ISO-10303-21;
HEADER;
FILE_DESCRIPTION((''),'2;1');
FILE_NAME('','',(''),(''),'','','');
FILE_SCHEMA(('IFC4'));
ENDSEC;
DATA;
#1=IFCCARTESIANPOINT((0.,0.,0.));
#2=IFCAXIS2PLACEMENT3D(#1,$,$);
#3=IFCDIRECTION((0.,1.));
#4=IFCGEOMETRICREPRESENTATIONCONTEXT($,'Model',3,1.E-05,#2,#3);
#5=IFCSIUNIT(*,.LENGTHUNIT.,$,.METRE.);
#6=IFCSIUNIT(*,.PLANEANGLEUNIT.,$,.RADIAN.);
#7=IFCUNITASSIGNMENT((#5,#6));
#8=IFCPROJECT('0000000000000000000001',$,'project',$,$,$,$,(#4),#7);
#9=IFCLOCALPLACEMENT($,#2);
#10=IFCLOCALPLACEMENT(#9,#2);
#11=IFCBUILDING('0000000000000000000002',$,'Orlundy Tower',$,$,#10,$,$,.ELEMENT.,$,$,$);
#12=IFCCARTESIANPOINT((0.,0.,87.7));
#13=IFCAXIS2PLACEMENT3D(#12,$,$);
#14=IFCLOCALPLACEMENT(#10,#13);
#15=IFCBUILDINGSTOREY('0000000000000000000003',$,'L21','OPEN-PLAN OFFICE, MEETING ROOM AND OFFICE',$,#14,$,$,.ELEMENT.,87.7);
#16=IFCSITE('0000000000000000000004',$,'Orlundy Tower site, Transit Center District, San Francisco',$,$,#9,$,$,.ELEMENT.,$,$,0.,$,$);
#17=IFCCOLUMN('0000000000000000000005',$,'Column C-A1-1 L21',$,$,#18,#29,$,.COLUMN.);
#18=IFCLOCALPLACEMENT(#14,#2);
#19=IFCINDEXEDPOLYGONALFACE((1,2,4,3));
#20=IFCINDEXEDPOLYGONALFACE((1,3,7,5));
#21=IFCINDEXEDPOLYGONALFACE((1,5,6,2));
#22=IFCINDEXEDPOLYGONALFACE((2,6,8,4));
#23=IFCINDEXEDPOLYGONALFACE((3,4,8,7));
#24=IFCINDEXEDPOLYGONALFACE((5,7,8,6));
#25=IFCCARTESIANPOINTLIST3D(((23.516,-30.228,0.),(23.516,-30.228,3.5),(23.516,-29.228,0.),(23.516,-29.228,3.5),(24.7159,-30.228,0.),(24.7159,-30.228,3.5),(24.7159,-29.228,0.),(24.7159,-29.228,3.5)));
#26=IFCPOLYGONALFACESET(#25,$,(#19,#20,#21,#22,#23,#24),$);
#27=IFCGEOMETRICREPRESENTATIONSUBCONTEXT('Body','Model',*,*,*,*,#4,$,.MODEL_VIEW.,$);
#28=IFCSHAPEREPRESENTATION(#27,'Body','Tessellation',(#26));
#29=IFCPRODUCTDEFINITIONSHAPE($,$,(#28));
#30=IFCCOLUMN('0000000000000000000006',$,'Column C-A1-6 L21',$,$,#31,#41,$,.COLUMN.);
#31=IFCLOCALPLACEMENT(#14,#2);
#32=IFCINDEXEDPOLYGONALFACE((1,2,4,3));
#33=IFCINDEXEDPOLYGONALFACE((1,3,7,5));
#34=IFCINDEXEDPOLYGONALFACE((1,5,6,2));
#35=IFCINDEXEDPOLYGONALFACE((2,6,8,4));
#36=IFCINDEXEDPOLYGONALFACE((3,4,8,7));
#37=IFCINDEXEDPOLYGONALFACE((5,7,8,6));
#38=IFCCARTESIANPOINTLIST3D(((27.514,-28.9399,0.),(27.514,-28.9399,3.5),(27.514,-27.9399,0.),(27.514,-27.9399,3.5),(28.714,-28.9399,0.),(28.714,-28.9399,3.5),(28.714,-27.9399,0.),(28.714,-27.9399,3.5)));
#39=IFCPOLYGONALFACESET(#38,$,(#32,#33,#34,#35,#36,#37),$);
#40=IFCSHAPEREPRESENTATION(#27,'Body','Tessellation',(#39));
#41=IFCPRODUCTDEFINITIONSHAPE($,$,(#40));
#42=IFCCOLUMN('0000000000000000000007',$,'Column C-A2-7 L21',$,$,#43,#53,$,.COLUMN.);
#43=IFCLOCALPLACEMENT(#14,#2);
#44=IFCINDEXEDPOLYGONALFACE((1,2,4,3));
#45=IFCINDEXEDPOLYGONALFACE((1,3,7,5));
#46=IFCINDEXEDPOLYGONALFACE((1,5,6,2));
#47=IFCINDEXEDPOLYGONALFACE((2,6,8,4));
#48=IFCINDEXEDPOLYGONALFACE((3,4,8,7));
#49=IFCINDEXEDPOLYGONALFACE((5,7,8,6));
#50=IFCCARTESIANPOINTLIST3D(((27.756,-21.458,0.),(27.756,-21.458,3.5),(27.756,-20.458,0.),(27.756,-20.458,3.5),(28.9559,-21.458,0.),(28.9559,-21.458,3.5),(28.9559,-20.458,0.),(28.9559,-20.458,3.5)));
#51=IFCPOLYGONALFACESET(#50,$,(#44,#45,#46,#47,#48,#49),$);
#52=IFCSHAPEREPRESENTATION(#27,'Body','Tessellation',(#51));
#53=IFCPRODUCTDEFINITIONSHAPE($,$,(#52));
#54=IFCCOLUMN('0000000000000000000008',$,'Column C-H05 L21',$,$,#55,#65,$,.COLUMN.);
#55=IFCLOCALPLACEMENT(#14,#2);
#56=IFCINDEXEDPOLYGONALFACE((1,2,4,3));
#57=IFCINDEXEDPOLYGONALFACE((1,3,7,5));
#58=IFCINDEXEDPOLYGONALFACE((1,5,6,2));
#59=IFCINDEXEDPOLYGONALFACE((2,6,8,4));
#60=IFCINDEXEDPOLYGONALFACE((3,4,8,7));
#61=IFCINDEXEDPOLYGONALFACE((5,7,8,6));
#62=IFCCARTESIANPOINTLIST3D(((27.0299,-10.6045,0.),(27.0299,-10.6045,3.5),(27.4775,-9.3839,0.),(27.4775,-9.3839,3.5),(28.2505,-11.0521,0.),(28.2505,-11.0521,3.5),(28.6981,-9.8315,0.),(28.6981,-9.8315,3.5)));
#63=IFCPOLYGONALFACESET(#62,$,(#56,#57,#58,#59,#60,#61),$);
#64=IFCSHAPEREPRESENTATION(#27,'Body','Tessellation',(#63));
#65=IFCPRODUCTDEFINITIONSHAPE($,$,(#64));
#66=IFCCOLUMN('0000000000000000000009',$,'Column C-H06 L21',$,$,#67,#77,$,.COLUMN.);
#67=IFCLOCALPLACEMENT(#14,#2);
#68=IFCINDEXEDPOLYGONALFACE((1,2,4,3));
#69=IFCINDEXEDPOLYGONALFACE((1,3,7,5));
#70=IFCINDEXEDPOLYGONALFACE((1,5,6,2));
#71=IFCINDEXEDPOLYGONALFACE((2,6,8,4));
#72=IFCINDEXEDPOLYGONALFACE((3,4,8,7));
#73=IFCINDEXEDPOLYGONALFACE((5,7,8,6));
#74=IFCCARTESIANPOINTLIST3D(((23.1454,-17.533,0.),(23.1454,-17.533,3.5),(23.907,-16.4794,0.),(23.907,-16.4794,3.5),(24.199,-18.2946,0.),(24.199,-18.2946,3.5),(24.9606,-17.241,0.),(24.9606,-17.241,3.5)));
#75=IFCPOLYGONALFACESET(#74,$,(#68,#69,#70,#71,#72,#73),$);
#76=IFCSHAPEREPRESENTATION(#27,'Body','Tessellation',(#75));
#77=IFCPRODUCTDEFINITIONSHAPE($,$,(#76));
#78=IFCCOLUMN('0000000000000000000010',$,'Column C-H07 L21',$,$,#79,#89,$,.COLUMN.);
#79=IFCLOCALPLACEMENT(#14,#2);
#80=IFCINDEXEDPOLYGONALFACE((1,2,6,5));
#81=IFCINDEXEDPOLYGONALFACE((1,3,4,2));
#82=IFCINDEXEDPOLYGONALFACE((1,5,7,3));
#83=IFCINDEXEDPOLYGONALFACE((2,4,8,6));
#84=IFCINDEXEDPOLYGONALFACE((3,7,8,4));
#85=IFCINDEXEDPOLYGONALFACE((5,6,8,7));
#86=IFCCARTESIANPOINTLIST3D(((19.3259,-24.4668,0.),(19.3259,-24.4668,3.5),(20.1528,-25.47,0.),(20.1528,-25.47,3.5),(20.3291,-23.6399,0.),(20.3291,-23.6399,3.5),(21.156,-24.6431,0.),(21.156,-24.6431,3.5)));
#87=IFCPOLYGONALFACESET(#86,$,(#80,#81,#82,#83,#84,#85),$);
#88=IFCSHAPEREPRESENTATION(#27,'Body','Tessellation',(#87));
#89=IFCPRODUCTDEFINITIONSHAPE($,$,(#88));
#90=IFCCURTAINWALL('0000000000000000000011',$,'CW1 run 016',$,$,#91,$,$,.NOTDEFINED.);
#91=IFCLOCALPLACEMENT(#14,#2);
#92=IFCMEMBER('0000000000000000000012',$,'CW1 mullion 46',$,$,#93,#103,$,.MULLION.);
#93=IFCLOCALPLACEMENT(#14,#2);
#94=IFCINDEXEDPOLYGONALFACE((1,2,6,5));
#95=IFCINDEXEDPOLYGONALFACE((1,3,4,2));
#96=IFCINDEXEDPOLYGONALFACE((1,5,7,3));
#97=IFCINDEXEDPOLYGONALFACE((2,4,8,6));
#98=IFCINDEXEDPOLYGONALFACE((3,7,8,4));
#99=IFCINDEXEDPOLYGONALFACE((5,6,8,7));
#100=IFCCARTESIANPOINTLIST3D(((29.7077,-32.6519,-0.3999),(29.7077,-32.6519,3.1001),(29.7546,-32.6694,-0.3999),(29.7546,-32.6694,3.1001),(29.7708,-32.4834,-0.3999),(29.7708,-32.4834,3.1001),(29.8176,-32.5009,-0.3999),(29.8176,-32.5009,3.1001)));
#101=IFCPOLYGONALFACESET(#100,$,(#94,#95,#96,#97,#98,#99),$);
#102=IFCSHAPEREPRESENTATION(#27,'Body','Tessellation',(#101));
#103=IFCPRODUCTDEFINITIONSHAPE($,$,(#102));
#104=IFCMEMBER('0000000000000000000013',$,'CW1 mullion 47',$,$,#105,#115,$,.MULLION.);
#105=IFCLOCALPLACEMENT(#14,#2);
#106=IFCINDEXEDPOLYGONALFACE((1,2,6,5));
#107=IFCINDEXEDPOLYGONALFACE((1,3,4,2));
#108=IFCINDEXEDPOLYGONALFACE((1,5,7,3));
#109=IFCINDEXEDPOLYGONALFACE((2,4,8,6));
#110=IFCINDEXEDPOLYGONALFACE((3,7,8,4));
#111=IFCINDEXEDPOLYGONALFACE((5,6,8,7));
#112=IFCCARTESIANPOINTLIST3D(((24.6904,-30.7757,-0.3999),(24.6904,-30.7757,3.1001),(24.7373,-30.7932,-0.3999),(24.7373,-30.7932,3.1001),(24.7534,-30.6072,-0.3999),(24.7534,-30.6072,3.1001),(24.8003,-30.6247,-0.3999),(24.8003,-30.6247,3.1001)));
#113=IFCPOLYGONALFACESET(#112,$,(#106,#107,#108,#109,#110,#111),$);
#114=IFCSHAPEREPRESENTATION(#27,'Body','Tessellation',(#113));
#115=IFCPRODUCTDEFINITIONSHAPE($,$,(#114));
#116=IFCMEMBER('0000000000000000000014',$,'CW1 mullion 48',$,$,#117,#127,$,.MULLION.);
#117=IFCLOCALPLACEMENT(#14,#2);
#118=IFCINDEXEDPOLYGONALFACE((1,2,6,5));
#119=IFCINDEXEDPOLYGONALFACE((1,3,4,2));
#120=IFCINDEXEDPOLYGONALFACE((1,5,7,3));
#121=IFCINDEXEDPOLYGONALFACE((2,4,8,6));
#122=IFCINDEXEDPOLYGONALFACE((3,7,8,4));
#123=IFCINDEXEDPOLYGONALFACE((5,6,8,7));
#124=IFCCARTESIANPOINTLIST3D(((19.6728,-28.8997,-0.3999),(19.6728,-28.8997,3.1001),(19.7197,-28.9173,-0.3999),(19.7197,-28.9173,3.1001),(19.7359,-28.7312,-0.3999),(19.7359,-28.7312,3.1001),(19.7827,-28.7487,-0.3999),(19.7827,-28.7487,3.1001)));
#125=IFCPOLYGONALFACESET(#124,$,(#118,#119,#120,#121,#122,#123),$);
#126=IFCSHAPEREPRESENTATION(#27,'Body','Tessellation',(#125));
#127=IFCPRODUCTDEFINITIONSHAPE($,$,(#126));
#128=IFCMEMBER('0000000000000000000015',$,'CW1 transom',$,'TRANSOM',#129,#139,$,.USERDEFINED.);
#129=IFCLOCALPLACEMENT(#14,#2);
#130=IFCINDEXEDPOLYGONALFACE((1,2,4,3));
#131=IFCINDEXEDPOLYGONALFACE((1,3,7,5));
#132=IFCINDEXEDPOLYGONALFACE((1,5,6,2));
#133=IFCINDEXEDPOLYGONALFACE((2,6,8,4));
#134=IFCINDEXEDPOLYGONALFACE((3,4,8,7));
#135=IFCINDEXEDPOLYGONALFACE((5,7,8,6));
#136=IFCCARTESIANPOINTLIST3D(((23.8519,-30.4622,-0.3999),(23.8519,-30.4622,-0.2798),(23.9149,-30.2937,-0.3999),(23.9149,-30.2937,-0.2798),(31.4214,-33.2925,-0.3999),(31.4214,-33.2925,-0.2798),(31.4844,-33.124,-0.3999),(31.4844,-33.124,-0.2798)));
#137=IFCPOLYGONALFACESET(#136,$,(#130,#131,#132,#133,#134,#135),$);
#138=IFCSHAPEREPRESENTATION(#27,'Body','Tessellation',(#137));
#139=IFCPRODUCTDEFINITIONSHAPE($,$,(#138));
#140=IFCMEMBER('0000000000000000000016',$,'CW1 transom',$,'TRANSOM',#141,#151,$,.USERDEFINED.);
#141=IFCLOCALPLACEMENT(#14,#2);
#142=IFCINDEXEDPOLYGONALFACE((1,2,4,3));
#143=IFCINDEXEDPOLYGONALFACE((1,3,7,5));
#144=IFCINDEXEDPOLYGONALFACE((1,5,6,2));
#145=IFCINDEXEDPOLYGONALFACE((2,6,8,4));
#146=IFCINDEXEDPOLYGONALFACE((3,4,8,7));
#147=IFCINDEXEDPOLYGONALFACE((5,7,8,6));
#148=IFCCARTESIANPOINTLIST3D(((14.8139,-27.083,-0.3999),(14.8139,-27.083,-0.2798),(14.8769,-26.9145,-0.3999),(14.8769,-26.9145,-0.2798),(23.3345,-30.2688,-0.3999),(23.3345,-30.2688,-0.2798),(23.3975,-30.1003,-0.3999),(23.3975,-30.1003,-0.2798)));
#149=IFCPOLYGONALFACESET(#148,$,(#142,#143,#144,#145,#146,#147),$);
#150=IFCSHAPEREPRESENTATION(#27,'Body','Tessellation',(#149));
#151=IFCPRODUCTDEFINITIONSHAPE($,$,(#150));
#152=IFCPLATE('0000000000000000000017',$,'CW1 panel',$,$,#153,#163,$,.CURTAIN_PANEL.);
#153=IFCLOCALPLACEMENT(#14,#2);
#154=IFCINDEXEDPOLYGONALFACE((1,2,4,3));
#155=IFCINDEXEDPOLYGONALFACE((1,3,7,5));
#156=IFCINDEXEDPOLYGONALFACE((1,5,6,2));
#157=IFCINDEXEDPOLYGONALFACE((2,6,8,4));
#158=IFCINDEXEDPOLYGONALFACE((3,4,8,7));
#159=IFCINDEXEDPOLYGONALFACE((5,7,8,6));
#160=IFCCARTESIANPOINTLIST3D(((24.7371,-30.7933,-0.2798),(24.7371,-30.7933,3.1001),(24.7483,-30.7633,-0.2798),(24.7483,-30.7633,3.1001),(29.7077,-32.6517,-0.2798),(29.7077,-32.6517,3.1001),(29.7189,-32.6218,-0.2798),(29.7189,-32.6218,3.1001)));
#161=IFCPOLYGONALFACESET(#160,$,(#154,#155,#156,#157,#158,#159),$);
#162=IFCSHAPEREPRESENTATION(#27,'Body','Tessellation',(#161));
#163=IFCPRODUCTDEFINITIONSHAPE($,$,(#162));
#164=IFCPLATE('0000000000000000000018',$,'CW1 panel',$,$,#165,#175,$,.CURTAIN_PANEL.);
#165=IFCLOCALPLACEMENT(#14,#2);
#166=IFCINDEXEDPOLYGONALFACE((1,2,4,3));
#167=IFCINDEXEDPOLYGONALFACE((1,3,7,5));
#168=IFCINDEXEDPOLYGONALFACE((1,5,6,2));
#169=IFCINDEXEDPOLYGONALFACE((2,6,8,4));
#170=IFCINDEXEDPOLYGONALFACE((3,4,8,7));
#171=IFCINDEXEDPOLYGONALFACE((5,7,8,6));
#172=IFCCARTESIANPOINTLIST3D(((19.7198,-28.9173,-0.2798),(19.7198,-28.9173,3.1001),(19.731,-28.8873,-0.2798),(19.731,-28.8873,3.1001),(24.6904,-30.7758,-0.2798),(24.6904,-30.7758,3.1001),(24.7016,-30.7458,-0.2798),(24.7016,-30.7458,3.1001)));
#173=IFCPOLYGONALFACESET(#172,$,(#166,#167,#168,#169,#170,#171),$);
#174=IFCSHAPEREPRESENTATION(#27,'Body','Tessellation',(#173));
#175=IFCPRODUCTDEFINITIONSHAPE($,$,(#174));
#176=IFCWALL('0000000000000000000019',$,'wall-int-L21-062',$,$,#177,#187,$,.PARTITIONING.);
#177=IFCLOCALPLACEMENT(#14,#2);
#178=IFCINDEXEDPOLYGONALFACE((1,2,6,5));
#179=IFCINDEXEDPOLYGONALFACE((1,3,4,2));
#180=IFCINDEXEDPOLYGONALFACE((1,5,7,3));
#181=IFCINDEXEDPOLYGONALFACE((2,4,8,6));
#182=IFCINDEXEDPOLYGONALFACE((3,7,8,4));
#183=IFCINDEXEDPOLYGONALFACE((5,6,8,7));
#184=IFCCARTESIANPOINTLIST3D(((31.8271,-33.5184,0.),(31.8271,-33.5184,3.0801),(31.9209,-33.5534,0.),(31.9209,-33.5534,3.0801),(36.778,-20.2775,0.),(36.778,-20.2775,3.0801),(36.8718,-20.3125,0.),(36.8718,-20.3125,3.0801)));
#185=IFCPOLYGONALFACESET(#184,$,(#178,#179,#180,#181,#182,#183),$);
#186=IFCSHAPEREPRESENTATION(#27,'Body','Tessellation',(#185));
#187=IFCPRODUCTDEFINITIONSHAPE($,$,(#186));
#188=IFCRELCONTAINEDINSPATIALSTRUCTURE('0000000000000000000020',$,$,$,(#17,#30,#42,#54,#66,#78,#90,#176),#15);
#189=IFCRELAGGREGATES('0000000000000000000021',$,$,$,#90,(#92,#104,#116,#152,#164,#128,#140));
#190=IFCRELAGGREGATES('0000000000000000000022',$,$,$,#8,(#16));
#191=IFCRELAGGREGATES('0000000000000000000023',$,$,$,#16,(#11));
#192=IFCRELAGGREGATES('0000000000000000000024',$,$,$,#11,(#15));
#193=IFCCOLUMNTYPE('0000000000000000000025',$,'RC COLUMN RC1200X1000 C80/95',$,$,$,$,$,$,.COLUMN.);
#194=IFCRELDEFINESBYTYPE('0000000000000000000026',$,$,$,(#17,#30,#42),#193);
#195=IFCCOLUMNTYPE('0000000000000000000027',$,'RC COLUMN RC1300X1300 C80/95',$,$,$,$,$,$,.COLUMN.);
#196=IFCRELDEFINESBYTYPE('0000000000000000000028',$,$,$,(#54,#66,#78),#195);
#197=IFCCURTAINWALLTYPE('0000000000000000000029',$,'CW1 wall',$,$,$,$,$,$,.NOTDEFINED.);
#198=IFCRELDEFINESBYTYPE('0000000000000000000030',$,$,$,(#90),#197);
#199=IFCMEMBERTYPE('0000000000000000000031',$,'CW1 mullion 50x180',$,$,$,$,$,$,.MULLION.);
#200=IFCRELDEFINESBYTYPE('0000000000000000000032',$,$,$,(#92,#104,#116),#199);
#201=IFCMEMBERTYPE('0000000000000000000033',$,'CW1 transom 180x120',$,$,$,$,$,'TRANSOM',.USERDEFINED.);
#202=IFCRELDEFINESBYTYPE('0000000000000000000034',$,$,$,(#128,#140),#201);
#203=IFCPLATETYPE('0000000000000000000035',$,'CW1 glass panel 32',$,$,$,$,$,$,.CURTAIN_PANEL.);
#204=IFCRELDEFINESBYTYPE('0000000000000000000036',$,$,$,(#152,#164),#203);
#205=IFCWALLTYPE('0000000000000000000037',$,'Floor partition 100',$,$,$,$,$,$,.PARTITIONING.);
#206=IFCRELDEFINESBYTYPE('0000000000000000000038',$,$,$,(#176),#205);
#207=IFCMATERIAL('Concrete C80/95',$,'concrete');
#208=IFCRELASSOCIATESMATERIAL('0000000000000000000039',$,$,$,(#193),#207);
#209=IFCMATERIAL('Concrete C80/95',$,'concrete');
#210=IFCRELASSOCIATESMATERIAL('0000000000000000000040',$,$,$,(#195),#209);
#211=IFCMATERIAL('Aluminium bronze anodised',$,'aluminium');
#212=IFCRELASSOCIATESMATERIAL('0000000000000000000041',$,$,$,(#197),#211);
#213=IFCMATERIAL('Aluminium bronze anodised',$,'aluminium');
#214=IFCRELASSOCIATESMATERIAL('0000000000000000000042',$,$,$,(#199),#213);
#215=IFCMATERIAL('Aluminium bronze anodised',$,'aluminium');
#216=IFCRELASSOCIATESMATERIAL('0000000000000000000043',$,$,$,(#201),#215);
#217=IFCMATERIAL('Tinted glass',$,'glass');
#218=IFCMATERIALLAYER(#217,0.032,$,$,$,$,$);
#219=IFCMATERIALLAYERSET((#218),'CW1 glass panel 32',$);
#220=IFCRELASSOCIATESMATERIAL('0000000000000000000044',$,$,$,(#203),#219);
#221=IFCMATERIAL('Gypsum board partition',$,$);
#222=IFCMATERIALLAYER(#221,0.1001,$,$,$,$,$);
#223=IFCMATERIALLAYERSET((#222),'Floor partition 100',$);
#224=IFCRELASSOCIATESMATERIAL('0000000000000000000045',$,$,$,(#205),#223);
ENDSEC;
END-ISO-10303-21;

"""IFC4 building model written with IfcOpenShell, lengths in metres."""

from ifc_helpers import new_model, si_unit, direction, frame, frame_2d, origin, origin_2d, place, context, subcontext, project, spatial, rectangle, extrude, material, layer, layer_set, material_profile, profile_set, type_object, element, aggregate, save


model = new_model("IFC4")

# Units and contexts
model_context = context("Model", 3, precision=1e-05, world=origin(), true_north=direction((0.0, 1.0)))
body_context = subcontext(model_context, "Body", "Model", "MODEL_VIEW")
ifc_project = project(units=[si_unit("LENGTHUNIT", "METRE"), si_unit("PLANEANGLEUNIT", "RADIAN")], contexts=[model_context])

# Site, building, storey
site_placement = place(None, origin())
site = spatial("IfcSite", under=ifc_project, at=site_placement, Name="Orlundy Tower site, Transit Center District, San Francisco", CompositionType="ELEMENT", RefElevation=0.0)
building_placement = place(site_placement, origin())
building = spatial("IfcBuilding", under=site, at=building_placement, Name="Orlundy Tower", CompositionType="ELEMENT")
storey_placement = place(building_placement, frame((0.0, 0.0, 87.7)))
storey = spatial("IfcBuildingStorey", under=building, at=storey_placement, Name="L21", Description="OPEN-PLAN OFFICE, MEETING ROOM AND OFFICE", CompositionType="ELEMENT", Elevation=87.7)

# Columns
ifc_material_1 = material(Name="Concrete C80/95", Category="concrete")
ifc_material_profile_1 = material_profile(ifc_material_1, rectangle(XDim=1.2, YDim=1.0, at=origin_2d()), Name="RC1200X1000")
ifc_profile_set_1 = profile_set([ifc_material_profile_1], Name="Concrete C80/95")
column_type_1 = type_object("IfcColumnType", Name="RC COLUMN RC1200X1000 C80/95", PredefinedType="COLUMN", material=ifc_profile_set_1)
for number, where, z_axis, x_axis, name in (
    (1, (24.116, -29.728, 0.0), (0.0, 0.0, 1.0), (1.0, 0.0, 0.0), "Column C-A1-1 L21"),
    (2, (28.114, -28.4399, 0.0), (0.0, 0.0, 1.0), (1.0, 0.0, 0.0), "Column C-A1-6 L21"),
    (3, (28.356, -20.958, 0.0), (0.0, 0.0, 1.0), (1.0, 0.0, 0.0), "Column C-A2-7 L21"),
):
    element("IfcColumn", number, at=place(storey_placement, frame(where, z_axis=z_axis, x_axis=x_axis)), inside=storey, type_object=column_type_1, Name=name, PredefinedType="COLUMN", context=body_context, shape_type="SweptSolid", body=[
        extrude(rectangle(XDim=1.2, YDim=1.0, at=origin_2d()), origin(), (0.0, 0.0, 1.0), 3.5),
    ])
ifc_material_2 = material(Name="Concrete C80/95", Category="concrete")
ifc_material_profile_2 = material_profile(ifc_material_2, rectangle(XDim=1.3, YDim=1.3, at=origin_2d()), Name="RC1300X1300")
ifc_profile_set_2 = profile_set([ifc_material_profile_2], Name="Concrete C80/95")
column_type_2 = type_object("IfcColumnType", Name="RC COLUMN RC1300X1300 C80/95", PredefinedType="COLUMN", material=ifc_profile_set_2)
for number, where, z_axis, x_axis, name in (
    (4, (27.864, -10.218, 0.0), (0.0, 0.0, 1.0), (0.938866, -0.344282, 0.0), "Column C-H05 L21"),
    (5, (24.053, -17.387, 0.0), (0.0, 0.0, 1.0), (0.81043, -0.585835, 0.0), "Column C-H06 L21"),
    (6, (20.241, -24.5549, 0.0), (0.0, 0.0, 1.0), (0.636065, -0.771636, 0.0), "Column C-H07 L21"),
):
    element("IfcColumn", number, at=place(storey_placement, frame(where, z_axis=z_axis, x_axis=x_axis)), inside=storey, type_object=column_type_2, Name=name, PredefinedType="COLUMN", context=body_context, shape_type="SweptSolid", body=[
        extrude(rectangle(XDim=1.3, YDim=1.3, at=origin_2d()), origin(), (0.0, 0.0, 1.0), 3.5),
    ])

# Curtain wall, members, plates
ifc_material_3 = material(Name="Aluminium bronze anodised", Category="aluminium")
curtain_wall_type = type_object("IfcCurtainWallType", Name="CW1 wall", PredefinedType="NOTDEFINED", material=ifc_material_3)
curtain_wall_placement = place(storey_placement, origin())
curtain_wall = element("IfcCurtainWall", 7, at=curtain_wall_placement, inside=storey, type_object=curtain_wall_type, Name="CW1 run 016", PredefinedType="NOTDEFINED")
ifc_material_4 = material(Name="Aluminium bronze anodised", Category="aluminium")
ifc_material_profile_3 = material_profile(ifc_material_4, rectangle(XDim=0.1799, YDim=0.05, at=origin_2d()), Name="CW1 mullion 50x180")
ifc_profile_set_3 = profile_set([ifc_material_profile_3], Name="Aluminium bronze anodised")
member_type_1 = type_object("IfcMemberType", Name="CW1 mullion 50x180", PredefinedType="MULLION", material=ifc_profile_set_3)
member_1_placement = place(storey_placement, frame((29.7627, -32.5764, -0.3999), z_axis=(0.0, 0.0, 1.0), x_axis=(-0.350219, -0.936668, 0.0)))
member_1 = element("IfcMember", 8, at=member_1_placement, type_object=member_type_1, Name="CW1 mullion 46", PredefinedType="MULLION", context=body_context, shape_type="SweptSolid", body=[
    extrude(rectangle(XDim=0.1799, YDim=0.05, at=origin_2d()), origin(), (0.0, 0.0, 1.0), 3.5),
])
member_2_placement = place(storey_placement, frame((24.7454, -30.7002, -0.3999), z_axis=(0.0, 0.0, 1.0), x_axis=(-0.350219, -0.936668, 0.0)))
member_2 = element("IfcMember", 9, at=member_2_placement, type_object=member_type_1, Name="CW1 mullion 47", PredefinedType="MULLION", context=body_context, shape_type="SweptSolid", body=[
    extrude(rectangle(XDim=0.1799, YDim=0.05, at=origin_2d()), origin(), (0.0, 0.0, 1.0), 3.5),
])
member_3_placement = place(storey_placement, frame((19.7278, -28.8242, -0.3999), z_axis=(0.0, 0.0, 1.0), x_axis=(-0.350219, -0.936668, 0.0)))
member_3 = element("IfcMember", 10, at=member_3_placement, type_object=member_type_1, Name="CW1 mullion 48", PredefinedType="MULLION", context=body_context, shape_type="SweptSolid", body=[
    extrude(rectangle(XDim=0.1799, YDim=0.05, at=origin_2d()), origin(), (0.0, 0.0, 1.0), 3.5),
])
ifc_material_5 = material(Name="Aluminium bronze anodised", Category="aluminium")
ifc_material_profile_4 = material_profile(ifc_material_5, rectangle(XDim=0.1799, YDim=0.1201, at=origin_2d()), Name="CW1 transom 180x120")
ifc_profile_set_4 = profile_set([ifc_material_profile_4], Name="Aluminium bronze anodised")
member_type_2 = type_object("IfcMemberType", Name="CW1 transom 180x120", ElementType="TRANSOM", PredefinedType="USERDEFINED", material=ifc_profile_set_4)
member_4_placement = place(storey_placement, frame((31.4529, -33.2083, -0.3398), z_axis=(-0.936665, 0.350226, 0.0), x_axis=(-0.350226, -0.936665, 0.0)))
member_4 = element("IfcMember", 11, at=member_4_placement, type_object=member_type_2, Name="CW1 transom", ObjectType="TRANSOM", PredefinedType="USERDEFINED", context=body_context, shape_type="SweptSolid", body=[
    extrude(rectangle(XDim=0.1799, YDim=0.1201, at=origin_2d()), origin(), (0.0, 0.0, 1.0), 8.0813),
])
member_5_placement = place(storey_placement, frame((23.366, -30.1846, -0.3398), z_axis=(-0.936668, 0.350217, 0.0), x_axis=(-0.350217, -0.936668, 0.0)))
member_5 = element("IfcMember", 12, at=member_5_placement, type_object=member_type_2, Name="CW1 transom", ObjectType="TRANSOM", PredefinedType="USERDEFINED", context=body_context, shape_type="SweptSolid", body=[
    extrude(rectangle(XDim=0.1799, YDim=0.1201, at=origin_2d()), origin(), (0.0, 0.0, 1.0), 9.0967),
])
ifc_material_6 = material(Name="Tinted glass", Category="glass")
ifc_layer_1 = layer(ifc_material_6, 0.032)
ifc_layer_set_1 = layer_set([ifc_layer_1], Name="CW1 glass panel 32")
plate_type = type_object("IfcPlateType", Name="CW1 glass panel 32", PredefinedType="CURTAIN_PANEL", material=ifc_layer_set_1)
plate_1_placement = place(storey_placement, frame((27.228, -31.7075, -0.2798), z_axis=(0.0, 0.0, 1.0), x_axis=(-0.936668, 0.350219, 0.0)))
plate_1 = element("IfcPlate", 13, at=plate_1_placement, type_object=plate_type, Name="CW1 panel", PredefinedType="CURTAIN_PANEL", context=body_context, shape_type="SweptSolid", body=[
    extrude(rectangle(XDim=5.3066, YDim=0.032, at=origin_2d()), origin(), (0.0, 0.0, 1.0), 3.3799),
])
plate_2_placement = place(storey_placement, frame((22.2107, -29.8315, -0.2798), z_axis=(0.0, 0.0, 1.0), x_axis=(-0.936668, 0.350219, 0.0)))
plate_2 = element("IfcPlate", 14, at=plate_2_placement, type_object=plate_type, Name="CW1 panel", PredefinedType="CURTAIN_PANEL", context=body_context, shape_type="SweptSolid", body=[
    extrude(rectangle(XDim=5.3066, YDim=0.032, at=origin_2d()), origin(), (0.0, 0.0, 1.0), 3.3799),
])
aggregate(curtain_wall, [member_1, member_2, member_3, plate_1, plate_2, member_4, member_5])

# Wall
ifc_material_7 = material(Name="Gypsum board partition")
ifc_layer_2 = layer(ifc_material_7, 0.1001)
ifc_layer_set_2 = layer_set([ifc_layer_2], Name="Floor partition 100")
wall_type_1 = type_object("IfcWallType", Name="Floor partition 100", PredefinedType="PARTITIONING", material=ifc_layer_set_2)
wall_1_placement = place(storey_placement, frame((31.874, -33.5359, 0.0), z_axis=(0.0, 0.0, 1.0), x_axis=(0.350228, 0.936664, 0.0)))
element("IfcWall", 15, at=wall_1_placement, inside=storey, type_object=wall_type_1, Name="wall-int-L21-062", PredefinedType="PARTITIONING", context=body_context, shape_type="SweptSolid", body=[
    extrude(rectangle(XDim=14.1362, YDim=0.1001, at=frame_2d((7.0681, 0.0))), origin(), (0.0, 0.0, 1.0), 3.0801),
])

save(model, "model.ifc")
